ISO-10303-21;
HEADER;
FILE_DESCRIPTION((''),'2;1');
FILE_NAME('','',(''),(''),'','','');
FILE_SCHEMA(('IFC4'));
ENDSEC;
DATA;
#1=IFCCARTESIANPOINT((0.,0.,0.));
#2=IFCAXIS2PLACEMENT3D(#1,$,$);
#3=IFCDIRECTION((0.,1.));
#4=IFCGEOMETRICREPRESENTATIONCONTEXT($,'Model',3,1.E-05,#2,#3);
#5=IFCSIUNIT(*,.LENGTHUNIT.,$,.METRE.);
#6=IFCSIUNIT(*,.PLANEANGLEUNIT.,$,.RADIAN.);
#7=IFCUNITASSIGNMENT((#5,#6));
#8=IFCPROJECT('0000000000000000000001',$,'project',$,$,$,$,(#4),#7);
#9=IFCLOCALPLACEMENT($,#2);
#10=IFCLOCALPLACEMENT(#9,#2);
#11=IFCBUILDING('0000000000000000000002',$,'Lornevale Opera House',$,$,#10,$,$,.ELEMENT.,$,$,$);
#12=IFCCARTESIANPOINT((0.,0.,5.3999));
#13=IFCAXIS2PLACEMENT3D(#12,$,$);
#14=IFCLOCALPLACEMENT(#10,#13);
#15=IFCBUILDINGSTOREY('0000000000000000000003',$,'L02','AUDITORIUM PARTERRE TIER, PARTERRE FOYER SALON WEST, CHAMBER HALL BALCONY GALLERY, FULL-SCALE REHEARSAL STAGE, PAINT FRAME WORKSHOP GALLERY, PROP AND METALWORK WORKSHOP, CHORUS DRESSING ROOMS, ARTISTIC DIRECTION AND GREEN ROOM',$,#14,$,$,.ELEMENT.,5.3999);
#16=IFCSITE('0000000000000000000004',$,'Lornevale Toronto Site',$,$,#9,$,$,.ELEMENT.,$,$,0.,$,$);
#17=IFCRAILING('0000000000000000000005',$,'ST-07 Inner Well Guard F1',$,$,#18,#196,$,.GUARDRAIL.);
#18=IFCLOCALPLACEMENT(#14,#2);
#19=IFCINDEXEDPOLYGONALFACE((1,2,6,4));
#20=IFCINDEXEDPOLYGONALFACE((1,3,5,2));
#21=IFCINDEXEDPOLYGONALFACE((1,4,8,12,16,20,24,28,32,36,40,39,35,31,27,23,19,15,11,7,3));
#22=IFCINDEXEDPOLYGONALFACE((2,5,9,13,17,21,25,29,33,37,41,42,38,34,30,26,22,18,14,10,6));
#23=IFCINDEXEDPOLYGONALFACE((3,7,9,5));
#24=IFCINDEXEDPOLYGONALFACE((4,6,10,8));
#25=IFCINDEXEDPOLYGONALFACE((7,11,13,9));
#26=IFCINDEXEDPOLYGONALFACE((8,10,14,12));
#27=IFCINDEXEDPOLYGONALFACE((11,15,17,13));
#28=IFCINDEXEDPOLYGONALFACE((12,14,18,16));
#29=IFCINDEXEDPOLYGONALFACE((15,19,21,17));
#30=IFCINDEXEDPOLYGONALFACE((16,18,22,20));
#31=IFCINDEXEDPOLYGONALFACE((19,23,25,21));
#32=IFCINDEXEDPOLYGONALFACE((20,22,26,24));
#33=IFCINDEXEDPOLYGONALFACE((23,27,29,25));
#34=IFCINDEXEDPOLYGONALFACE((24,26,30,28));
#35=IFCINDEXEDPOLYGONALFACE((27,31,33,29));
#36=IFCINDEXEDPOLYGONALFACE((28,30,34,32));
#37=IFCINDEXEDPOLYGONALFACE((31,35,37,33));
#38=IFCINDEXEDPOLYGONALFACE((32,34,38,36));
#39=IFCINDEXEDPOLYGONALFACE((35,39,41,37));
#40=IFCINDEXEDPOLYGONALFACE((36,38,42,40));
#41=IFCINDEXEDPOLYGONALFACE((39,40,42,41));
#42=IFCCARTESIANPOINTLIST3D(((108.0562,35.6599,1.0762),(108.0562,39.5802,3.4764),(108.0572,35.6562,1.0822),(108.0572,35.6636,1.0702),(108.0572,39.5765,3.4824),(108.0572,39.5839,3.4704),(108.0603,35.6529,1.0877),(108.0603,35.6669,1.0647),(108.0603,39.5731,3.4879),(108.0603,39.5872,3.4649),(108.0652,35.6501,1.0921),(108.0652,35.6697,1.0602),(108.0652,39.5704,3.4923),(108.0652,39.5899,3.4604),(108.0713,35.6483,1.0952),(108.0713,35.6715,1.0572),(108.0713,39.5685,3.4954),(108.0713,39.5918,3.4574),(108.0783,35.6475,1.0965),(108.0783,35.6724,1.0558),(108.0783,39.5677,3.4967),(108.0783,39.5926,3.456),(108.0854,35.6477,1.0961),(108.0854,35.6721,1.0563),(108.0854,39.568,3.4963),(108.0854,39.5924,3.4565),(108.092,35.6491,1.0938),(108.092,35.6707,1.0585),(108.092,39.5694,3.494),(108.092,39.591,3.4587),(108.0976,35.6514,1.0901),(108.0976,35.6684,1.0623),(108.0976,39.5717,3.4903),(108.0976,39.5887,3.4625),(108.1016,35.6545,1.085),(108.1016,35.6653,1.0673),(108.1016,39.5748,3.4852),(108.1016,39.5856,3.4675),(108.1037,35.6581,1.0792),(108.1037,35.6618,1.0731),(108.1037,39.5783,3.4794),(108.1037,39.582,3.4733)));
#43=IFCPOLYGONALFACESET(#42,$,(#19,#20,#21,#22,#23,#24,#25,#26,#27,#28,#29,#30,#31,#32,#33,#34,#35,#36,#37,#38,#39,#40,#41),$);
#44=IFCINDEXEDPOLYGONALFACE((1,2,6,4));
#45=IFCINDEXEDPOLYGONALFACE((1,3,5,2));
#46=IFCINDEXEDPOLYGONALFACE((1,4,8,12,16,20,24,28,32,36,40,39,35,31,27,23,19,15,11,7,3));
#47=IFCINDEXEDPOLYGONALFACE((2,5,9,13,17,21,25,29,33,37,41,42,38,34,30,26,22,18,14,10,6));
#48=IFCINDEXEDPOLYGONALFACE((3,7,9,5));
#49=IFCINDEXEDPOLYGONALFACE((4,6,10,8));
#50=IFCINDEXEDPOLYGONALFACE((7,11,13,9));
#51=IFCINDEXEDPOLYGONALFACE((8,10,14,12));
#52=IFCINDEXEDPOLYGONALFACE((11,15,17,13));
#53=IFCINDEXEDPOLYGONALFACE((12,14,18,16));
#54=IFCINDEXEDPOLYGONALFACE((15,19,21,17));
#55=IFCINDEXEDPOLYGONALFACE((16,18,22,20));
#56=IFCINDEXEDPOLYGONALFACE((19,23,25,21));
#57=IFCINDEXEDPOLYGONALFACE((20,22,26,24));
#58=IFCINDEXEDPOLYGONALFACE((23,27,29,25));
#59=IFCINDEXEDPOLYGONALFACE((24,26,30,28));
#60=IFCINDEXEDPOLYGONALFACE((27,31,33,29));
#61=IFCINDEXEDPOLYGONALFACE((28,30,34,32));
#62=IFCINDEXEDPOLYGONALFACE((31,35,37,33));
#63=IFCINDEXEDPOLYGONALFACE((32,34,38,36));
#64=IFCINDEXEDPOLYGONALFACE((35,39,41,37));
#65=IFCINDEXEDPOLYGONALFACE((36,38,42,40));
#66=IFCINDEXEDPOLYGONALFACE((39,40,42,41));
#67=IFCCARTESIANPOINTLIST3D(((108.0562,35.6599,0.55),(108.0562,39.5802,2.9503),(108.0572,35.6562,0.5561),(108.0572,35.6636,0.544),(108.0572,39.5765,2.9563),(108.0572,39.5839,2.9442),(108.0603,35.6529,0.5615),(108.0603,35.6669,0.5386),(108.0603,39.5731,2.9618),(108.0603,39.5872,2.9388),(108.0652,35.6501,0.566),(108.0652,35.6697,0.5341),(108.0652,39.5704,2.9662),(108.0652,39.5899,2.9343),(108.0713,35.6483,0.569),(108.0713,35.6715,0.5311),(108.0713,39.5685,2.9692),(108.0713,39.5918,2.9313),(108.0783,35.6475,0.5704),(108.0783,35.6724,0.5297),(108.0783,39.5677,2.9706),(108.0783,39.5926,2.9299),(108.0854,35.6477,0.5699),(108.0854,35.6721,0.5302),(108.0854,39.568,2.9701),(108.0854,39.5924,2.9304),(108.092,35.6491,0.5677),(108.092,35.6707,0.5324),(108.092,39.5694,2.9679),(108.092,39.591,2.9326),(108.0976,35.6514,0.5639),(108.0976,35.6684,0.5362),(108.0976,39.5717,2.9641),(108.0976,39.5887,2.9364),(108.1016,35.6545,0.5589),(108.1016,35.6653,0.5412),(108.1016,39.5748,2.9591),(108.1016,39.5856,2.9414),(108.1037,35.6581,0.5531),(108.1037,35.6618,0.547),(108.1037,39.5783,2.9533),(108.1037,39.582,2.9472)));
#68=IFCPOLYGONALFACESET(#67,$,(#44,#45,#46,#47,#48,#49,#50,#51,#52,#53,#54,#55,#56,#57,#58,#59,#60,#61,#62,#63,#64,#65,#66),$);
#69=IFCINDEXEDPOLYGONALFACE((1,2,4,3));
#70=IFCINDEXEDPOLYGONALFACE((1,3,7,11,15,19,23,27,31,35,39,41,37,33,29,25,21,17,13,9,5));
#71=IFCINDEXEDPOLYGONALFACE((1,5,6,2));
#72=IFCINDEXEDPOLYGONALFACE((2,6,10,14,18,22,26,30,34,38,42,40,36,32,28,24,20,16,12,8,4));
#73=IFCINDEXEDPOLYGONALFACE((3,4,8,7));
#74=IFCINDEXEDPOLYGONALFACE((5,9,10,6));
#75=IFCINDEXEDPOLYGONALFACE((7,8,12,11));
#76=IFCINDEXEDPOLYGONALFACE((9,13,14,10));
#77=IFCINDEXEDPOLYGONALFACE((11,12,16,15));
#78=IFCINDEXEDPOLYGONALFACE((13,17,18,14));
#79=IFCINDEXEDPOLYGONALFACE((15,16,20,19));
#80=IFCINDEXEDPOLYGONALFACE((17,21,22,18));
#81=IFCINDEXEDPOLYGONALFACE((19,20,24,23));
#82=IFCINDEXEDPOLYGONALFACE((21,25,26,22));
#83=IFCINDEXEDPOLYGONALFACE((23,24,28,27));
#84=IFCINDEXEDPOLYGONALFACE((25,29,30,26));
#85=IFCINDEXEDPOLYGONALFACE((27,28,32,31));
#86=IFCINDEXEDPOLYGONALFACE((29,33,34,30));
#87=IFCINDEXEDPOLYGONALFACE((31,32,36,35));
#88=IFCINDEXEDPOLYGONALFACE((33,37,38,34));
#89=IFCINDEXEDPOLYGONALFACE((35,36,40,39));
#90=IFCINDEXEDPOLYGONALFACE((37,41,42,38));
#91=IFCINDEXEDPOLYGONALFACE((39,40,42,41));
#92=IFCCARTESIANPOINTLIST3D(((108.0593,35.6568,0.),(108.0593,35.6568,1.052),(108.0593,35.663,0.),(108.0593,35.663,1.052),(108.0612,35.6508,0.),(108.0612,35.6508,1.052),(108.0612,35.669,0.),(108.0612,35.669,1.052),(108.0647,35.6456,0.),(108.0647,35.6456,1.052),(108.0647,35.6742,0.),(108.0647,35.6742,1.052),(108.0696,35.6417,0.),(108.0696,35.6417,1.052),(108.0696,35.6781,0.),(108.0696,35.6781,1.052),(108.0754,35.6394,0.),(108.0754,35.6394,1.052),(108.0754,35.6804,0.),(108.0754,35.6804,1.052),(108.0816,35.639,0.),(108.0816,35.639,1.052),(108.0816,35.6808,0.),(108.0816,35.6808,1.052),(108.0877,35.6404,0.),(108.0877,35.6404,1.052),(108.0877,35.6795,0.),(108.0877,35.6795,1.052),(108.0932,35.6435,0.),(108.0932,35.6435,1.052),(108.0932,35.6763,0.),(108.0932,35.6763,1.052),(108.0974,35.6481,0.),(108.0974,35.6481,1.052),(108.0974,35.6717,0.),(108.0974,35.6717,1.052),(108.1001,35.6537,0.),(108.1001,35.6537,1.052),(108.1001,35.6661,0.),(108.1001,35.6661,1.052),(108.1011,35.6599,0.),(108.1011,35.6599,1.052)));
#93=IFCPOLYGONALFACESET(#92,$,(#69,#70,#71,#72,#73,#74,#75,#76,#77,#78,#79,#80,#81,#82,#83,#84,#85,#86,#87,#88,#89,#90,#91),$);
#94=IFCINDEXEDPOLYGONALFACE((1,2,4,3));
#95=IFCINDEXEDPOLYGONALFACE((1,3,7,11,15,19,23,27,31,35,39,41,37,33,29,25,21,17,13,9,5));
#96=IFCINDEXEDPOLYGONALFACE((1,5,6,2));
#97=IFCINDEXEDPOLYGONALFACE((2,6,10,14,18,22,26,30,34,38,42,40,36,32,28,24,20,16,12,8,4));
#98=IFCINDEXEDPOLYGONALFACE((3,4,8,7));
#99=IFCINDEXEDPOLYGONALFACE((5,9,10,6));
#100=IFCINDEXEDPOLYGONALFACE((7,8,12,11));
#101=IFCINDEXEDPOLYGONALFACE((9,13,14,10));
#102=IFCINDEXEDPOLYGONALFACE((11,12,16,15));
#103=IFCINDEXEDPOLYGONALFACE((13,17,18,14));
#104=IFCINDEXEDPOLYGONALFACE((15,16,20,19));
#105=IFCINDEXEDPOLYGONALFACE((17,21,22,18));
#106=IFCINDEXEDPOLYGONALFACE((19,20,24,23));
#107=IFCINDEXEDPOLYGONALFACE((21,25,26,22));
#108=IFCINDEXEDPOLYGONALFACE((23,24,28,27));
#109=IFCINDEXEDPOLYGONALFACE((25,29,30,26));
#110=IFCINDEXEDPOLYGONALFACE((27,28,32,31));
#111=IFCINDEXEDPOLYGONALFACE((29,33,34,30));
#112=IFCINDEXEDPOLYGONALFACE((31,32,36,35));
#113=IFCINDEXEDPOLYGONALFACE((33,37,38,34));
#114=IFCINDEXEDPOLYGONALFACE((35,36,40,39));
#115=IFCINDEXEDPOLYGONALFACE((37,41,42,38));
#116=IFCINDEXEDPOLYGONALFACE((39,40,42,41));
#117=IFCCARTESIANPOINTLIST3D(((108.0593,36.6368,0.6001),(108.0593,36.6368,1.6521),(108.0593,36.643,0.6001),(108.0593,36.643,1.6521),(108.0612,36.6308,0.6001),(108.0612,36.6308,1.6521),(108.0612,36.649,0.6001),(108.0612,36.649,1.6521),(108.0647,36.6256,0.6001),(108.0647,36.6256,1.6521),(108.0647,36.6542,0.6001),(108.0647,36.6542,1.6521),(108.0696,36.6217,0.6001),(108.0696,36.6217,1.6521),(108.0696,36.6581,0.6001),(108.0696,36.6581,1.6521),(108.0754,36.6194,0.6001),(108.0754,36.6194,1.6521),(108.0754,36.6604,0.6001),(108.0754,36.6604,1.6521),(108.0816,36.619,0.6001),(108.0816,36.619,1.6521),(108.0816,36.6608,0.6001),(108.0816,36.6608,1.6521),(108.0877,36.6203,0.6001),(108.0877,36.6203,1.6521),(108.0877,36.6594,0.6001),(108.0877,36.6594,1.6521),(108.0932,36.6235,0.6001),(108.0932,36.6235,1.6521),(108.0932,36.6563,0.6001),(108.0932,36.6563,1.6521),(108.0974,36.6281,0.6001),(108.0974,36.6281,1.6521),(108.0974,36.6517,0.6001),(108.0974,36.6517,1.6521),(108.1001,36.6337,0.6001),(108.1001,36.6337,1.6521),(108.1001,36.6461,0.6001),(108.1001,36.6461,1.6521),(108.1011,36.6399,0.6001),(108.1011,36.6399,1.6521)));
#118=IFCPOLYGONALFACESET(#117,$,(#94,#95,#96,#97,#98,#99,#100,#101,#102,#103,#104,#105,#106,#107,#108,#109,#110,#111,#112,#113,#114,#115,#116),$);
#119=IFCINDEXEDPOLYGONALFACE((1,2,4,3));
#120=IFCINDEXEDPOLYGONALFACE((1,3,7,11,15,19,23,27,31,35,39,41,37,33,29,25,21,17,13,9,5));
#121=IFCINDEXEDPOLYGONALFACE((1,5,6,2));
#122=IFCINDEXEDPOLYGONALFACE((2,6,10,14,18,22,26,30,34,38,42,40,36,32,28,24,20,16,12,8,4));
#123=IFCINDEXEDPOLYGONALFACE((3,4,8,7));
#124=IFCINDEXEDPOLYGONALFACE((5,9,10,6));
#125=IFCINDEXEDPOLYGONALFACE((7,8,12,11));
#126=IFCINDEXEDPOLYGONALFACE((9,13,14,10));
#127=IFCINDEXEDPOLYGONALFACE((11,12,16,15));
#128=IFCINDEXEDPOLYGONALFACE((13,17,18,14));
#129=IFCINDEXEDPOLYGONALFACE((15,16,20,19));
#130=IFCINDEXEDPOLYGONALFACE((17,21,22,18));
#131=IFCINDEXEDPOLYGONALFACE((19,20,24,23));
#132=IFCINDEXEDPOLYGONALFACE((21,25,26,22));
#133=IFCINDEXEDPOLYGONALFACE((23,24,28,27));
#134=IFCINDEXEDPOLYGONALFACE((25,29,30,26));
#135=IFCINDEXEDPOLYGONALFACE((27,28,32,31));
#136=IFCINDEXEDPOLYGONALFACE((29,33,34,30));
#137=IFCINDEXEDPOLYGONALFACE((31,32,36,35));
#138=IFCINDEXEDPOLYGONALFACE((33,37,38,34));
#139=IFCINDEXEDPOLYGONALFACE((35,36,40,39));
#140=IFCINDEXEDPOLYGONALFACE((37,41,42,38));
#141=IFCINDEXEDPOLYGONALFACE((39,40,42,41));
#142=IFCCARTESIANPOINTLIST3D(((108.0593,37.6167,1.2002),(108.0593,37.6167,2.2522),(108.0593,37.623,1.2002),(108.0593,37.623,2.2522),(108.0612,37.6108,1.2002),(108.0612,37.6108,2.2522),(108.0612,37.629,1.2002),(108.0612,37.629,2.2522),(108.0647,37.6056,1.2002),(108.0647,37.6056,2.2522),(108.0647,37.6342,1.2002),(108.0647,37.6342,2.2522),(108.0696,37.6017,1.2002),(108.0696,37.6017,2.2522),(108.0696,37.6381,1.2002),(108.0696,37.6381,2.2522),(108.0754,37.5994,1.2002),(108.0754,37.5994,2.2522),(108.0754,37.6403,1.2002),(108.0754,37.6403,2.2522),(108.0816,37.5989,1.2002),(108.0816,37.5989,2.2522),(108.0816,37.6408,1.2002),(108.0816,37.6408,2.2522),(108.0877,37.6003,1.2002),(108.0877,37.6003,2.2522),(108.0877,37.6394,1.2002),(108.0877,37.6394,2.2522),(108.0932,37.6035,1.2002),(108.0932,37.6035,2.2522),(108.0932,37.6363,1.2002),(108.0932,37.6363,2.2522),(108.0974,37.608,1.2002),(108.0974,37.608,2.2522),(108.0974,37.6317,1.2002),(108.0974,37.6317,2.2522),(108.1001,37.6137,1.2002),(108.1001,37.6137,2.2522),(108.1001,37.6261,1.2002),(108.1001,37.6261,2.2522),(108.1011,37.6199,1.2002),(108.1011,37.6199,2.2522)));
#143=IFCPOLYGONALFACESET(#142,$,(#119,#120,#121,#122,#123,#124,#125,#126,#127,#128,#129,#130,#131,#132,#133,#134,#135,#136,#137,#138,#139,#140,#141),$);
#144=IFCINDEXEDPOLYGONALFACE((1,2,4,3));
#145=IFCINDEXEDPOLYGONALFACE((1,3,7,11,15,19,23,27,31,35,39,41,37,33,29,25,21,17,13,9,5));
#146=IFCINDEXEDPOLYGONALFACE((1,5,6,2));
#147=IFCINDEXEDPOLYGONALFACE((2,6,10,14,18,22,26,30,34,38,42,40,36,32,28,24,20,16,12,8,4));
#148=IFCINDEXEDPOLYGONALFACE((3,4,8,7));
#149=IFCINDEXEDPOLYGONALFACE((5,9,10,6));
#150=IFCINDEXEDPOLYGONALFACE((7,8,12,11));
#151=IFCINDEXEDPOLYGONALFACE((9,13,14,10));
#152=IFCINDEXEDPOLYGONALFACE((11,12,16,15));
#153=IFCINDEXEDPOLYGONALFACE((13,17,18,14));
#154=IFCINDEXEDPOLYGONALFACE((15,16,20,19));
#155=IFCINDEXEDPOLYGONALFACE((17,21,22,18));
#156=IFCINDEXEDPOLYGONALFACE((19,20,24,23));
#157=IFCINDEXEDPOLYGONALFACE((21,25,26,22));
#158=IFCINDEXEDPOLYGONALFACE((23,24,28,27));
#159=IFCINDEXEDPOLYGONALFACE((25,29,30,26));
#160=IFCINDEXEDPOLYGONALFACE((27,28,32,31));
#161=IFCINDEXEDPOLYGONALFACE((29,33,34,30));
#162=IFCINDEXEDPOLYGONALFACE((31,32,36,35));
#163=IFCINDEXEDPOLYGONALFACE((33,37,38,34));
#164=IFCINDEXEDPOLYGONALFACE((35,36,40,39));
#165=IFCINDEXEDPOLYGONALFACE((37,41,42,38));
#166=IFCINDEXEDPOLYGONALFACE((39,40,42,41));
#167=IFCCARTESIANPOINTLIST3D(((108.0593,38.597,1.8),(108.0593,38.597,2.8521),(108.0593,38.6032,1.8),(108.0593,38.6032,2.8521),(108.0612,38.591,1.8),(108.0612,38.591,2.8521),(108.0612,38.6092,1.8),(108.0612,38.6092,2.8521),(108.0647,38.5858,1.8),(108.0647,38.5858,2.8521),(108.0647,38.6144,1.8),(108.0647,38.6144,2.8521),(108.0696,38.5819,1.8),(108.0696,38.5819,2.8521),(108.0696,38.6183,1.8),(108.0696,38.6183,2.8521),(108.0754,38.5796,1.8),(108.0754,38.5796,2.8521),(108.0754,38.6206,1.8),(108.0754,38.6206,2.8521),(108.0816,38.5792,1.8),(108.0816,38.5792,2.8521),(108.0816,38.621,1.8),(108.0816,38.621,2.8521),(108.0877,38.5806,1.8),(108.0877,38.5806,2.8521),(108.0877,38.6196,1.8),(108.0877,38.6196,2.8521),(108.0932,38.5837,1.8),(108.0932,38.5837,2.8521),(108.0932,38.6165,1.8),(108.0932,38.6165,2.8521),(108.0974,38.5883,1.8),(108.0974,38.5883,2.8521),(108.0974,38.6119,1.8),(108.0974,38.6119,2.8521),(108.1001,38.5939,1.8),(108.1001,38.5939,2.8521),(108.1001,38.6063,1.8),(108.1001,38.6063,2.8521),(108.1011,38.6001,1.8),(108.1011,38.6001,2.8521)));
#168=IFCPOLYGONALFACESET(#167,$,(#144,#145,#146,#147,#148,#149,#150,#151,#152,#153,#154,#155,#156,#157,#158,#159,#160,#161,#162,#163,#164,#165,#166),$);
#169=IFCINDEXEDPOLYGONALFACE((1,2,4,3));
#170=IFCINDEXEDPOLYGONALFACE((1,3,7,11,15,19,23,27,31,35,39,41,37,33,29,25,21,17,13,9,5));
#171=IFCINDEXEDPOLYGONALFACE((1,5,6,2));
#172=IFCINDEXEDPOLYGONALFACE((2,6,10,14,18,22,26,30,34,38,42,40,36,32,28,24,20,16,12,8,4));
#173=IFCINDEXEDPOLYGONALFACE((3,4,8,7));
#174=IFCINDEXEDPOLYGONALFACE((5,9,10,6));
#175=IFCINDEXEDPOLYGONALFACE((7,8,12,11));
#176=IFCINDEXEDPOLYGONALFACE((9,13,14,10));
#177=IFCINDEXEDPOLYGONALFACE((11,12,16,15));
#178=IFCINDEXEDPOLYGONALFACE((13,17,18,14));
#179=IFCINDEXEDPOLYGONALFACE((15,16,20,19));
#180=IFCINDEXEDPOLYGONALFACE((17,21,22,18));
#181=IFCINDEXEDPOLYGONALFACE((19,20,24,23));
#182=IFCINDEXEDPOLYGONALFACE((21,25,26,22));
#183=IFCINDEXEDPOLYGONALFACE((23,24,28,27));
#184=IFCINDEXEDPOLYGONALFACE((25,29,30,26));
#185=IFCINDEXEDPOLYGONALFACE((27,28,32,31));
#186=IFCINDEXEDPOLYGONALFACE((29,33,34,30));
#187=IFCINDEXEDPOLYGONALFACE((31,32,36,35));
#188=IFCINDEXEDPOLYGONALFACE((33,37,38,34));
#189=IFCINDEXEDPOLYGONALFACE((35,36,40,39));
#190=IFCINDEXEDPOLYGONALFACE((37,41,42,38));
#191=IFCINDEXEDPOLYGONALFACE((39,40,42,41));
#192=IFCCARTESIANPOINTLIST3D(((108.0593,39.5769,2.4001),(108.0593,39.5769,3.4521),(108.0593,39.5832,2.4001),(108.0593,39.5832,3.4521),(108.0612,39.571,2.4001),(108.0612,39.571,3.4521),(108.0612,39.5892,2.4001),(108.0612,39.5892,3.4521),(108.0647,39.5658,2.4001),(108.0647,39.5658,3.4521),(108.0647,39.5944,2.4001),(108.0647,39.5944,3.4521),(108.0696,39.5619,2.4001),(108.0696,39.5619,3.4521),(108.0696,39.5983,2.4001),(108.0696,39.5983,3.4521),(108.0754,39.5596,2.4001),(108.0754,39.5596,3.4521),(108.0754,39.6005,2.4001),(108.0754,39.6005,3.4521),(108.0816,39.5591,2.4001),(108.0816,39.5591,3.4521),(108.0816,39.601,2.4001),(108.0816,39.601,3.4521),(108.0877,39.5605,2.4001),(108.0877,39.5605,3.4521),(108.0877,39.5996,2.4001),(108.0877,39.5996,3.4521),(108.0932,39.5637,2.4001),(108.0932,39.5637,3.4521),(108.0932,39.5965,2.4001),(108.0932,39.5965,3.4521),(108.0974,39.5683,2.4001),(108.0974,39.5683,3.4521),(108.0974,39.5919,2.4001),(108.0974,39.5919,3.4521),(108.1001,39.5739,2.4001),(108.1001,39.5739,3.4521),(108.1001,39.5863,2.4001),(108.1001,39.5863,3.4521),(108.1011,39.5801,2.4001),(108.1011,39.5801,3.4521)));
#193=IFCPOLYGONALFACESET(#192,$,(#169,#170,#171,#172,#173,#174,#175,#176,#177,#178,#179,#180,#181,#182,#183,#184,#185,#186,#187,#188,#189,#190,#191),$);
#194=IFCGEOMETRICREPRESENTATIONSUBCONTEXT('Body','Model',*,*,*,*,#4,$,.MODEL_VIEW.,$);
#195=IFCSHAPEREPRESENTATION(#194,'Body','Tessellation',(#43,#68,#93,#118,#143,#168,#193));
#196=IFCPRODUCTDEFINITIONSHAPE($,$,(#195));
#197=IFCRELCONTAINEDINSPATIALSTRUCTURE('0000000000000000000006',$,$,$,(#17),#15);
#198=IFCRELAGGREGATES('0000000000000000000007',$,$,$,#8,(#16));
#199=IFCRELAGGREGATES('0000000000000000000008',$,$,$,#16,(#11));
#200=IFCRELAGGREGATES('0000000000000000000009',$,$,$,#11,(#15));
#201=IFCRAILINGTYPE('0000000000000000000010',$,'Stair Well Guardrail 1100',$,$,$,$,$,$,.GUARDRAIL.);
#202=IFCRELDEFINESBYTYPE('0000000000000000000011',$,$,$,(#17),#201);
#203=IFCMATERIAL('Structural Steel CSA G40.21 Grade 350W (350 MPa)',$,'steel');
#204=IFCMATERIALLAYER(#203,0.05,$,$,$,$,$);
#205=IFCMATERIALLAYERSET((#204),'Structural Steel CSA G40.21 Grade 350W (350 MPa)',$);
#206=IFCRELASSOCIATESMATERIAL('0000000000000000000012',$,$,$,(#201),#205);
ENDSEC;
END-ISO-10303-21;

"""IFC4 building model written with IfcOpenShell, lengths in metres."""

from ifc_helpers import new_model, si_unit, direction, frame, origin, origin_2d, place, context, subcontext, project, spatial, circle, extrude, material, layer, layer_set, type_object, element, save


model = new_model("IFC4")

# Units and contexts
model_context = context("Model", 3, precision=1e-05, world=origin(), true_north=direction((0.0, 1.0)))
body_context = subcontext(model_context, "Body", "Model", "MODEL_VIEW")
ifc_project = project(units=[si_unit("LENGTHUNIT", "METRE"), si_unit("PLANEANGLEUNIT", "RADIAN")], contexts=[model_context])

# Site, building, storey
site_placement = place(None, origin())
site = spatial("IfcSite", under=ifc_project, at=site_placement, Name="Lornevale Toronto Site", CompositionType="ELEMENT", RefElevation=0.0)
building_placement = place(site_placement, origin())
building = spatial("IfcBuilding", under=site, at=building_placement, Name="Lornevale Opera House", CompositionType="ELEMENT")
storey_placement = place(building_placement, frame((0.0, 0.0, 5.3999)))
storey = spatial("IfcBuildingStorey", under=building, at=storey_placement, Name="L02", Description="AUDITORIUM PARTERRE TIER, PARTERRE FOYER SALON WEST, CHAMBER HALL BALCONY GALLERY, FULL-SCALE REHEARSAL STAGE, PAINT FRAME WORKSHOP GALLERY, PROP AND METALWORK WORKSHOP, CHORUS DRESSING ROOMS, ARTISTIC DIRECTION AND GREEN ROOM", CompositionType="ELEMENT", Elevation=5.3999)

# Shared definitions
ifc_material_1 = material(Name="Structural Steel CSA G40.21 Grade 350W (350 MPa)", Category="steel")

# Railing
ifc_layer_1 = layer(ifc_material_1, 0.05)
ifc_layer_set_1 = layer_set([ifc_layer_1], Name="Structural Steel CSA G40.21 Grade 350W (350 MPa)")
railing_type_1 = type_object("IfcRailingType", Name="Stair Well Guardrail 1100", PredefinedType="GUARDRAIL", material=ifc_layer_set_1)
railing_1_placement = place(storey_placement, frame((108.0801, 35.6599, 0.0)))
element("IfcRailing", 1, at=railing_1_placement, inside=storey, type_object=railing_type_1, Name="ST-07 Inner Well Guard F1", PredefinedType="GUARDRAIL", context=body_context, shape_type="SweptSolid", body=[
    extrude(circle(Radius=0.0239, at=origin_2d()), frame((0.0, 0.0, 1.0762), z_axis=(0.0, 0.852847, 0.522161), x_axis=(-1.0, 0.0, 0.0)), (0.0, 0.0, 1.0), 4.5967),
    extrude(circle(Radius=0.0239, at=origin_2d()), frame((0.0, 0.0, 0.55), z_axis=(0.0, 0.852847, 0.522161), x_axis=(-1.0, 0.0, 0.0)), (0.0, 0.0, 1.0), 4.5967),
    extrude(circle(Radius=0.021, at=origin_2d()), origin(), (0.0, 0.0, 1.0), 1.052),
    extrude(circle(Radius=0.021, at=origin_2d()), frame((0.0, 0.98, 0.6001)), (0.0, 0.0, 1.0), 1.052),
    extrude(circle(Radius=0.021, at=origin_2d()), frame((0.0, 1.96, 1.2002)), (0.0, 0.0, 1.0), 1.052),
    extrude(circle(Radius=0.021, at=origin_2d()), frame((0.0, 2.9402, 1.8)), (0.0, 0.0, 1.0), 1.052),
    extrude(circle(Radius=0.021, at=origin_2d()), frame((0.0, 3.9202, 2.4001)), (0.0, 0.0, 1.0), 1.052),
])

save(model, "model.ifc")
